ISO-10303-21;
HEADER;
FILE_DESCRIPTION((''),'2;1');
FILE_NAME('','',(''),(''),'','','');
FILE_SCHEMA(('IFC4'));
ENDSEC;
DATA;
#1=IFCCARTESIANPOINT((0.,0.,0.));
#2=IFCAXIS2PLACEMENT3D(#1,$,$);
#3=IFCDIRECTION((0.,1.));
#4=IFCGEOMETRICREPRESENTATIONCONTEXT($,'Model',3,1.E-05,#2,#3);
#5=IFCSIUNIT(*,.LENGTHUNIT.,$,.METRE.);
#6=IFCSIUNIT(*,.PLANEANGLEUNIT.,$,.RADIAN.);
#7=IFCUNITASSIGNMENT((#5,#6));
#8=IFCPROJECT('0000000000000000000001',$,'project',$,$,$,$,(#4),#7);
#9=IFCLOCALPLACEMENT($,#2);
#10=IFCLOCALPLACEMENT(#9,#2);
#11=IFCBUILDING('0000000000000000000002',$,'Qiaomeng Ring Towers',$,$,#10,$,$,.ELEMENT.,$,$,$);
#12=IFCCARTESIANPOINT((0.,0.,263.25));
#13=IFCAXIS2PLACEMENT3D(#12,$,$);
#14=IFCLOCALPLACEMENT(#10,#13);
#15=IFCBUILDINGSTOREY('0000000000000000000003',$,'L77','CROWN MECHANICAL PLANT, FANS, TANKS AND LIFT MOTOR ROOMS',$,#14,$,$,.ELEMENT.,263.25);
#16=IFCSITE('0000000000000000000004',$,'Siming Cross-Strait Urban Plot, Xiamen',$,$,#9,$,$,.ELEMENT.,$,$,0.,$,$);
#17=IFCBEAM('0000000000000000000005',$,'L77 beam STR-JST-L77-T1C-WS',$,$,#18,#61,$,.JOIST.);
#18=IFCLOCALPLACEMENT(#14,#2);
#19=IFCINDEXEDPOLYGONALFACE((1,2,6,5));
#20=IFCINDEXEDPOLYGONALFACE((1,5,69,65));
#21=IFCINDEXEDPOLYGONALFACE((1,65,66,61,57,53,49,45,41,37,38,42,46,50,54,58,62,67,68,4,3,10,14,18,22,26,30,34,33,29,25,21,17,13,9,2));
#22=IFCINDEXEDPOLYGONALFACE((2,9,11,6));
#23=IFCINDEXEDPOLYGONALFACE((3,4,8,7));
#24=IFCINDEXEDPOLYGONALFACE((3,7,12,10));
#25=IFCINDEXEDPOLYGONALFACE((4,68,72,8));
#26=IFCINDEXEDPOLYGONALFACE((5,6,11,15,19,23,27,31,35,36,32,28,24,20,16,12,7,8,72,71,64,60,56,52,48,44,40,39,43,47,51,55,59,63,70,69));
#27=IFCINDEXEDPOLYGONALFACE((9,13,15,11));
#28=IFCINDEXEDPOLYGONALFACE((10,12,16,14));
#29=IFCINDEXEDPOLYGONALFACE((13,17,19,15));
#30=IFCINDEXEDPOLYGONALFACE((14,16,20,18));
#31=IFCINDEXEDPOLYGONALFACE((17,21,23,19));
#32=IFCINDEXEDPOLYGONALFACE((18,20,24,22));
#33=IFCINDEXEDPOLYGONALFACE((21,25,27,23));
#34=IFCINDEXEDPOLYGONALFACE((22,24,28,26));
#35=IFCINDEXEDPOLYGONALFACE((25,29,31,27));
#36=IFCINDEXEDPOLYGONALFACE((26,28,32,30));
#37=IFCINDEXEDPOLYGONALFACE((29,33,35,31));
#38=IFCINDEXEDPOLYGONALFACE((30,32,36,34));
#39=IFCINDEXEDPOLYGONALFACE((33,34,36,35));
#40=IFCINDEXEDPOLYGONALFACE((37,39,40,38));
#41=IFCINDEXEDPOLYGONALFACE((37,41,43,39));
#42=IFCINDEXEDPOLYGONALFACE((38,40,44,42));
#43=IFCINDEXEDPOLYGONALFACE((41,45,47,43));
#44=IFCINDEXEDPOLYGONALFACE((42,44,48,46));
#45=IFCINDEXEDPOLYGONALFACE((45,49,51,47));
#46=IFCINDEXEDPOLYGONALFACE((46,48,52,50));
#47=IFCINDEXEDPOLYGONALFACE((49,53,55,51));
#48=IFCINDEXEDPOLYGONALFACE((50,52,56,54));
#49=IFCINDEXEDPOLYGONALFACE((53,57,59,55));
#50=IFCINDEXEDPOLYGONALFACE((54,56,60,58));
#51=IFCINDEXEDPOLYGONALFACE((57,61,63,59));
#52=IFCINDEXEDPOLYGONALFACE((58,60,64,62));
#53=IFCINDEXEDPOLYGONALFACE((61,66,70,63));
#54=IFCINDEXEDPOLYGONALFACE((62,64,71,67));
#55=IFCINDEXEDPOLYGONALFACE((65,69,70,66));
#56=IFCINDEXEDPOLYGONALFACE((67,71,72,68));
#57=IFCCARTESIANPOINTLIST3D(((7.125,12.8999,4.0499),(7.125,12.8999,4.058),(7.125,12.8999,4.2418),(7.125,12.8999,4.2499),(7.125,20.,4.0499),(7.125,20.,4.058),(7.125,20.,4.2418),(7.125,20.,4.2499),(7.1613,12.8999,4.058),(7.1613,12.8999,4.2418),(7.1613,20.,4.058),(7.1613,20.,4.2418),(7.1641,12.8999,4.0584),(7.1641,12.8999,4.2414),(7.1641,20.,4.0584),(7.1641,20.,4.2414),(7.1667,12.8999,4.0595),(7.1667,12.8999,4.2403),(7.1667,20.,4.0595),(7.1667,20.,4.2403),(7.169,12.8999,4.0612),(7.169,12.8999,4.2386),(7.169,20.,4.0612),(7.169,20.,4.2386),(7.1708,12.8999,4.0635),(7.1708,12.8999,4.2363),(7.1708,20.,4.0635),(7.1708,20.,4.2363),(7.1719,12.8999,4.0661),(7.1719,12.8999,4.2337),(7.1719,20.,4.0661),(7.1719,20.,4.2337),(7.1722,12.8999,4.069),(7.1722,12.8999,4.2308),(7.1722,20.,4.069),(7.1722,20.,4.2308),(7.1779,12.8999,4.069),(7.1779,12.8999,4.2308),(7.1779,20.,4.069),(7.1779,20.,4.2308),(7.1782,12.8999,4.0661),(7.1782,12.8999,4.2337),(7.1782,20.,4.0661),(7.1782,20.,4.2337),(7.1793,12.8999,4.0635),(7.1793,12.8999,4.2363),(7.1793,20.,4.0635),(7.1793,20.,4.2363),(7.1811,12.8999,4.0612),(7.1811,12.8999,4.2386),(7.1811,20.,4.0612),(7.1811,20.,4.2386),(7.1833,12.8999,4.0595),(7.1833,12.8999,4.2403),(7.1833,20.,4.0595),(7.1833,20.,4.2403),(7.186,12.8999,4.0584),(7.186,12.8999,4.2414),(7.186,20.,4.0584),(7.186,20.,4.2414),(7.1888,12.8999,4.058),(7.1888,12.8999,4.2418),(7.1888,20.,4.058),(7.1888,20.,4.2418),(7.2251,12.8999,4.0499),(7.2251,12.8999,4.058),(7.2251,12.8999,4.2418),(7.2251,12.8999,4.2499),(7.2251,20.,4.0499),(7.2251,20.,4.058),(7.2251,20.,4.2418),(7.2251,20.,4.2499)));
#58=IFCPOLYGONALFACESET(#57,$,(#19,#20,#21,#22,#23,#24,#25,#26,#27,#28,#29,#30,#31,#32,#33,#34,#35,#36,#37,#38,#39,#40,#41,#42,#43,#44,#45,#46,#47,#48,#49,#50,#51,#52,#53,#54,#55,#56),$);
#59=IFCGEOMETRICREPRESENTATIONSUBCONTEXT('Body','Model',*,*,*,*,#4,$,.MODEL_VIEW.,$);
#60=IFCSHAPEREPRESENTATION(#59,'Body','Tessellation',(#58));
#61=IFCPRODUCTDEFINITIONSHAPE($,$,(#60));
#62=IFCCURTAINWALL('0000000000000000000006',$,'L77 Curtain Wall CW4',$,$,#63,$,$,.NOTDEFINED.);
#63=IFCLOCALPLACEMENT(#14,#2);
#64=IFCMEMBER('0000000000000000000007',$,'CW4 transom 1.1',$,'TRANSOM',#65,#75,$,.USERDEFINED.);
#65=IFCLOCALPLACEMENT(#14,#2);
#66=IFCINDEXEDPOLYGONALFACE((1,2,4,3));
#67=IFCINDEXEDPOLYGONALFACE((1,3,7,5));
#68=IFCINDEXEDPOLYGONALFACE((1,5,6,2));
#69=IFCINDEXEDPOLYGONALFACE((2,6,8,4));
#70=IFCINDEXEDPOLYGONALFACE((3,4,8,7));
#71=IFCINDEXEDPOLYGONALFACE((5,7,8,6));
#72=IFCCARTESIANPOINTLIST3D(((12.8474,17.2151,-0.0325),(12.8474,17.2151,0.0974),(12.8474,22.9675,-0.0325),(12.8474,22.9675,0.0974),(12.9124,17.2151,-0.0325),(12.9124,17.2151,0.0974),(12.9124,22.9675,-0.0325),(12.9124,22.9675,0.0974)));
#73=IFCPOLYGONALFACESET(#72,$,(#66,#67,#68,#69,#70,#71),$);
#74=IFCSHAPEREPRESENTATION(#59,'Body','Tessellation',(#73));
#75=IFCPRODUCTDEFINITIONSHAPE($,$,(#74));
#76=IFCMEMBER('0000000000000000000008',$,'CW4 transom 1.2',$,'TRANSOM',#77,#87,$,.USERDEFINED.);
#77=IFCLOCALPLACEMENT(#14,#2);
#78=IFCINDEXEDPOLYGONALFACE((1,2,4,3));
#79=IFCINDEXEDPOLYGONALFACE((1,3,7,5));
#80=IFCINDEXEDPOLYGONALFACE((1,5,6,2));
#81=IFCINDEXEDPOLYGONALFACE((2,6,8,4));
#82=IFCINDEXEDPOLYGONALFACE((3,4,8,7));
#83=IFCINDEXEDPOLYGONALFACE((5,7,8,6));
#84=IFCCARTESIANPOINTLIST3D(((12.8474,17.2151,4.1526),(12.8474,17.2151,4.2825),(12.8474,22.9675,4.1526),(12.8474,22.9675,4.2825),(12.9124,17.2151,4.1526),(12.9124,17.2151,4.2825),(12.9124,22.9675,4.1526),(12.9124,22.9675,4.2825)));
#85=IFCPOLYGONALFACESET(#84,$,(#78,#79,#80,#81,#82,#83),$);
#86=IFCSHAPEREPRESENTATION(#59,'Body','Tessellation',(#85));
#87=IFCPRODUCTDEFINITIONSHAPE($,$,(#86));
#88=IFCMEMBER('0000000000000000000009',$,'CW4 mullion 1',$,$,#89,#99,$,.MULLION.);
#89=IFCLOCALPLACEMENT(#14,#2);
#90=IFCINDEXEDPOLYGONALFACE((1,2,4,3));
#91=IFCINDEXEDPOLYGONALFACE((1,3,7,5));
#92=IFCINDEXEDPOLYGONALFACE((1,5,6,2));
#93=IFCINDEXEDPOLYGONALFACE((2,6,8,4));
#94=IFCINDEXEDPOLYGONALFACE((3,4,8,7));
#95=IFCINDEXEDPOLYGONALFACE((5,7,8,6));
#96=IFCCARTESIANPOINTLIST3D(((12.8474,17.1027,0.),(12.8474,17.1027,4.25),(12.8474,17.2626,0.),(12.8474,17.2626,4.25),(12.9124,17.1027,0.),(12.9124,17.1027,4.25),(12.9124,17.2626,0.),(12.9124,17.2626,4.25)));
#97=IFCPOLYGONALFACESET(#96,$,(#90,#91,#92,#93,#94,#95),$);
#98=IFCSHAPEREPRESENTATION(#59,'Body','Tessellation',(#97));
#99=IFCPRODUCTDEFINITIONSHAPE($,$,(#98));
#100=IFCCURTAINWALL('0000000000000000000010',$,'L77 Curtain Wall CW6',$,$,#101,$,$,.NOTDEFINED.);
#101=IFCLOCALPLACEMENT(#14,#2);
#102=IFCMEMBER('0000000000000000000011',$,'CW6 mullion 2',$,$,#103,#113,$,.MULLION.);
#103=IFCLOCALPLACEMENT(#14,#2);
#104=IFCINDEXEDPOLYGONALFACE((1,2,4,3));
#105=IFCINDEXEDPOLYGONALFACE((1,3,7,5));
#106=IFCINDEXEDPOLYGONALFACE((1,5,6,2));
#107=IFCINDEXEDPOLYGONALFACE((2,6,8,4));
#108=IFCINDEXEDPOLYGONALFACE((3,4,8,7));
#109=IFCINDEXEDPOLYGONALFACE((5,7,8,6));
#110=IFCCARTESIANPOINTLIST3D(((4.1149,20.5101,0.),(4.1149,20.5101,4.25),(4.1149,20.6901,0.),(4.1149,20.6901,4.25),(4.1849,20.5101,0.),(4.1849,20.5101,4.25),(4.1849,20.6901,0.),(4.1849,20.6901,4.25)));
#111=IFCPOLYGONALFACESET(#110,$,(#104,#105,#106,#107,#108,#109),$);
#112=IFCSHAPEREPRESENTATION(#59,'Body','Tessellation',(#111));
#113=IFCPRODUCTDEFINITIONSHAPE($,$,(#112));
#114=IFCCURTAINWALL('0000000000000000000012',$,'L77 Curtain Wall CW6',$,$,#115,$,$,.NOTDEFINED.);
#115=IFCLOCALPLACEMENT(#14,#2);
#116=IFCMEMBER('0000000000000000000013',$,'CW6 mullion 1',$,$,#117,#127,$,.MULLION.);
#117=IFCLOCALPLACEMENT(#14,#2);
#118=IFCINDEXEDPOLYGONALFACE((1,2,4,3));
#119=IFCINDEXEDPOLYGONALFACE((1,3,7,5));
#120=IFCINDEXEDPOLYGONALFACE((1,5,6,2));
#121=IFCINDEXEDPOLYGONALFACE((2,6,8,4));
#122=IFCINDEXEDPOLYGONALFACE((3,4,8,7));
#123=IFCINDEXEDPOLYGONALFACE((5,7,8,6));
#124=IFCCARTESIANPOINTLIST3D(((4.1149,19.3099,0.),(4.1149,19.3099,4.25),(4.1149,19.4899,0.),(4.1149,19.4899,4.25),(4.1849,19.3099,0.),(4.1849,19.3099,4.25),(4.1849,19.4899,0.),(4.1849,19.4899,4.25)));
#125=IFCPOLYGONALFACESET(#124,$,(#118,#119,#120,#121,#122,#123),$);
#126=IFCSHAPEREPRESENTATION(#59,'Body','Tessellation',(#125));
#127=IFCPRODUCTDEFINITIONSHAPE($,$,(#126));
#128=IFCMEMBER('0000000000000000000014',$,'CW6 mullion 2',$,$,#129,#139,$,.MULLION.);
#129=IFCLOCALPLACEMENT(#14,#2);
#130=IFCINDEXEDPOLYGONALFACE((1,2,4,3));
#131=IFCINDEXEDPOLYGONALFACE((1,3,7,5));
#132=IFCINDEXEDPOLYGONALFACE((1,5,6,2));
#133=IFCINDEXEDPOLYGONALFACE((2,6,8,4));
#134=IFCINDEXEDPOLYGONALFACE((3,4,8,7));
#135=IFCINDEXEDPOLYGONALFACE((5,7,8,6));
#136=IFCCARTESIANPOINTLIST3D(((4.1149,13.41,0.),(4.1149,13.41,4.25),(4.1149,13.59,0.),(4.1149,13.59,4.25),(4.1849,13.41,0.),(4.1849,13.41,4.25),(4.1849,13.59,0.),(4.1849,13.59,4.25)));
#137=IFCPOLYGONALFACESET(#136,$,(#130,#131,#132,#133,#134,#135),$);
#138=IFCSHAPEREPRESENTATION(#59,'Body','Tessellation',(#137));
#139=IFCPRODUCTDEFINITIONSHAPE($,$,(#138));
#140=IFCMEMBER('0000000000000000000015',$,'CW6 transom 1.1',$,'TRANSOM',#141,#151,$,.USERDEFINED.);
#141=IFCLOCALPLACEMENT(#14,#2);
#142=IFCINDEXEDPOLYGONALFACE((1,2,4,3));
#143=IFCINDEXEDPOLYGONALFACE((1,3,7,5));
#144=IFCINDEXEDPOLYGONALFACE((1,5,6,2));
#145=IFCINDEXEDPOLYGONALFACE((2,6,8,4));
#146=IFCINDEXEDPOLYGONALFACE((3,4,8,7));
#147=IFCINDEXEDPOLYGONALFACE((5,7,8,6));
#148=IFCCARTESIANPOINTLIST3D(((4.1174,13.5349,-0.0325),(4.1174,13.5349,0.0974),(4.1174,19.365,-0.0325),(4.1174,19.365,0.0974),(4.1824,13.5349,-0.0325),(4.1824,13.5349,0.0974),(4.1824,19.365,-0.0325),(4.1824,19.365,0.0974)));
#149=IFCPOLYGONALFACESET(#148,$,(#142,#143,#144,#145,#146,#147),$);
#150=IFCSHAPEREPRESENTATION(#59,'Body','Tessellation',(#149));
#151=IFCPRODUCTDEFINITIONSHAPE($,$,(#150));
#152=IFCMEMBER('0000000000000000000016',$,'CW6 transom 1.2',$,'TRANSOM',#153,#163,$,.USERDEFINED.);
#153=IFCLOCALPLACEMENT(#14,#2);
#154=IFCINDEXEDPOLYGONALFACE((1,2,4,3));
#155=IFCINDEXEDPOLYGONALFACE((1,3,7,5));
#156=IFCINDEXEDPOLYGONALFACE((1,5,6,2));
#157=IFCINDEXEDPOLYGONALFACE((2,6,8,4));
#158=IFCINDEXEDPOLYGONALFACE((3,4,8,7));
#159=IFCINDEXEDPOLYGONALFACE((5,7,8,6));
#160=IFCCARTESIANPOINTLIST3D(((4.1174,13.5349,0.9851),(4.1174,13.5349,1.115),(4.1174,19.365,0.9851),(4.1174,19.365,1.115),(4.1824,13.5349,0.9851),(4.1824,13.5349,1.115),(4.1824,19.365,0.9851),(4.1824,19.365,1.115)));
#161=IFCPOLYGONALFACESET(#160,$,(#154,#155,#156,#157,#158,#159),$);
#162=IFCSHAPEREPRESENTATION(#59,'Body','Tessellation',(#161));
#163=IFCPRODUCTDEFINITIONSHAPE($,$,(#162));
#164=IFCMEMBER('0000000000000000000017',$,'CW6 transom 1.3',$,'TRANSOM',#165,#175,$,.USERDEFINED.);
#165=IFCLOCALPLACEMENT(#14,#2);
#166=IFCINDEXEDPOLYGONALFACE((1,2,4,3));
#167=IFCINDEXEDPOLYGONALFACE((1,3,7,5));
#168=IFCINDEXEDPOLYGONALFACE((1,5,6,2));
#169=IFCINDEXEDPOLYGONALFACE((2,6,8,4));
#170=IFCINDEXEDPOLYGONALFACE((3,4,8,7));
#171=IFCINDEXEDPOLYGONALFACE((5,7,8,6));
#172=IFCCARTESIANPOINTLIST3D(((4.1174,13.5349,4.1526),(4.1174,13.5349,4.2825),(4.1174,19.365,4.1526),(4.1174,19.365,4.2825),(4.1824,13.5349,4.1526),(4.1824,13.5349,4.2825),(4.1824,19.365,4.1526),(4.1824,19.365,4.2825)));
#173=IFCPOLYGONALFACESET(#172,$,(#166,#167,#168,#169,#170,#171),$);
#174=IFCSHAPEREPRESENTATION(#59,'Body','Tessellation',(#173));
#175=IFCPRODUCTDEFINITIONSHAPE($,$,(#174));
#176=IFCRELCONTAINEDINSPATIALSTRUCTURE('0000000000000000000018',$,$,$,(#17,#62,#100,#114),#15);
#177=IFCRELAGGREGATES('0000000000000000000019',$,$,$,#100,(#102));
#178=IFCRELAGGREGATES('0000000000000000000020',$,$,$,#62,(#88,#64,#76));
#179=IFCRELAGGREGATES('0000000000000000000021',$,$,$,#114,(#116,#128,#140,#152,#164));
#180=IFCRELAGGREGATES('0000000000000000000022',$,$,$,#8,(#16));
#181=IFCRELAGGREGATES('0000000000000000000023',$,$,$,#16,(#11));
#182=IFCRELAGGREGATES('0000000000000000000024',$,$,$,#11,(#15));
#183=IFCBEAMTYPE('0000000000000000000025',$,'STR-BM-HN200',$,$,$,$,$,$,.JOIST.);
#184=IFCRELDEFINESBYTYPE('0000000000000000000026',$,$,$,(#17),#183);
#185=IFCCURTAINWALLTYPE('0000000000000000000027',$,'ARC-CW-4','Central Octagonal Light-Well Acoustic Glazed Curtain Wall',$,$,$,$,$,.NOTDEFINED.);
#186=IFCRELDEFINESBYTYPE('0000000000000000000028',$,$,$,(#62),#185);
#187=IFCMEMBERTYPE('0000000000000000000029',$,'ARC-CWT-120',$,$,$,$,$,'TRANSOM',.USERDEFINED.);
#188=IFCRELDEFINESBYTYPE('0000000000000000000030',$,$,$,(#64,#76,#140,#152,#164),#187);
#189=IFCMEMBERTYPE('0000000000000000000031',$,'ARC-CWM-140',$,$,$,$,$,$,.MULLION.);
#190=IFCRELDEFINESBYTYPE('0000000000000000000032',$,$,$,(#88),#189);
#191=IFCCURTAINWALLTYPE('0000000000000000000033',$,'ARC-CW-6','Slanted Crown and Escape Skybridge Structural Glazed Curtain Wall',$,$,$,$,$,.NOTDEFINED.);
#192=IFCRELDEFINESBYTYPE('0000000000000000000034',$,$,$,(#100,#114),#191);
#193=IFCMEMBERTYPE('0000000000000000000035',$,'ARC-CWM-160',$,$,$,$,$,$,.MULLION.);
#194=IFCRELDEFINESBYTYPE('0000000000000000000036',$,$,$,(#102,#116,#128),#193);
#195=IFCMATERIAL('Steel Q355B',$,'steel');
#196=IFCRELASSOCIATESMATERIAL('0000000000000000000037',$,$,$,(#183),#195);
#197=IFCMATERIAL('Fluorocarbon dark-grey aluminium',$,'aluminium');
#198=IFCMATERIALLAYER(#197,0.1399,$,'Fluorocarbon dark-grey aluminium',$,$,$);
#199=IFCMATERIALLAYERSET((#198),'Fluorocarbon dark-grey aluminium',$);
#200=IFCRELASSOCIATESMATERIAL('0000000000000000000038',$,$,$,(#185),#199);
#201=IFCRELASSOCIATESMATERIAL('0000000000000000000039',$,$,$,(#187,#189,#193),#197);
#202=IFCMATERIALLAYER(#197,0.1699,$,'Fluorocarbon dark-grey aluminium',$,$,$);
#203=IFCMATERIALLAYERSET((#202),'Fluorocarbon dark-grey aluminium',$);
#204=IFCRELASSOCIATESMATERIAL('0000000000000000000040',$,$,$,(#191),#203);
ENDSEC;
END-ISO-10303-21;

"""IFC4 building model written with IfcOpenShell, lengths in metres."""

from ifc_helpers import new_model, si_unit, direction, frame, origin, origin_2d, place, context, subcontext, project, spatial, rectangle, i_section, extrude, source, transform, mapped, material, layer, layer_set, material_profile, profile_set, type_object, element, aggregate, save


model = new_model("IFC4")

# Units and contexts
model_context = context("Model", 3, precision=1e-05, world=origin(), true_north=direction((0.0, 1.0)))
body_context = subcontext(model_context, "Body", "Model", "MODEL_VIEW")
ifc_project = project(units=[si_unit("LENGTHUNIT", "METRE"), si_unit("PLANEANGLEUNIT", "RADIAN")], contexts=[model_context])

# Site, building, storey
site_placement = place(None, origin())
site = spatial("IfcSite", under=ifc_project, at=site_placement, Name="Siming Cross-Strait Urban Plot, Xiamen", CompositionType="ELEMENT", RefElevation=0.0)
building_placement = place(site_placement, origin())
building = spatial("IfcBuilding", under=site, at=building_placement, Name="Qiaomeng Ring Towers", CompositionType="ELEMENT")
storey_placement = place(building_placement, frame((0.0, 0.0, 263.25)))
storey = spatial("IfcBuildingStorey", under=building, at=storey_placement, Name="L77", Description="CROWN MECHANICAL PLANT, FANS, TANKS AND LIFT MOTOR ROOMS", CompositionType="ELEMENT", Elevation=263.25)

# Beam
ifc_material_1 = material(Name="Steel Q355B", Category="steel")
ifc_material_profile_1 = material_profile(ifc_material_1, i_section(OverallWidth=0.1001, OverallDepth=0.2, WebThickness=0.0056, FlangeThickness=0.0081, FilletRadius=0.011, at=origin_2d()), Name="HN 200x100x5.5x8")
ifc_profile_set_1 = profile_set([ifc_material_profile_1], Name="Steel Q355B")
beam_type_1 = type_object("IfcBeamType", Name="STR-BM-HN200", PredefinedType="JOIST", material=ifc_profile_set_1)
shared_shape_1 = source(origin(), body_context, "Body", "SweptSolid", [
    extrude(i_section(OverallWidth=0.1001, OverallDepth=0.2, WebThickness=0.0056, FlangeThickness=0.0081, FilletRadius=0.011, at=origin_2d()), origin(), (0.0, 0.0, 1.0), 7.1001),
])
beam_1_placement = place(storey_placement, frame((7.175, 12.8999, 4.1499), z_axis=(0.0, 1.0, 0.0), x_axis=(-1.0, 0.0, 0.0)))
element("IfcBeam", 1, at=beam_1_placement, inside=storey, type_object=beam_type_1, Name="L77 beam STR-JST-L77-T1C-WS", PredefinedType="JOIST", context=body_context, shape_type="MappedRepresentation", body=[
    mapped(shared_shape_1, transform((0.0, 0.0, 0.0), x_axis=(1.0, 0.0, 0.0), y_axis=(0.0, 1.0, 0.0), z_axis=(0.0, 0.0, 1.0), scale=1.0)),
])

# Curtain wall, members
ifc_material_2 = material(Name="Fluorocarbon dark-grey aluminium", Category="aluminium")
ifc_layer_1 = layer(ifc_material_2, 0.1399, Name="Fluorocarbon dark-grey aluminium")
ifc_layer_set_1 = layer_set([ifc_layer_1], Name="Fluorocarbon dark-grey aluminium")
curtain_wall_type_1 = type_object("IfcCurtainWallType", Name="ARC-CW-4", Description="Central Octagonal Light-Well Acoustic Glazed Curtain Wall", PredefinedType="NOTDEFINED", material=ifc_layer_set_1)
curtain_wall_1_placement = place(storey_placement, origin())
curtain_wall_1 = element("IfcCurtainWall", 2, at=curtain_wall_1_placement, inside=storey, type_object=curtain_wall_type_1, Name="L77 Curtain Wall CW4", PredefinedType="NOTDEFINED")
ifc_material_profile_2 = material_profile(ifc_material_2, rectangle(XDim=0.0649, YDim=0.1299, at=origin_2d()), Name="ALU TRAN 65x130")
ifc_profile_set_2 = profile_set([ifc_material_profile_2], Name="Fluorocarbon dark-grey aluminium")
member_type_1 = type_object("IfcMemberType", Name="ARC-CWT-120", ElementType="TRANSOM", PredefinedType="USERDEFINED", material=ifc_profile_set_2)
shared_shape_2 = source(origin(), body_context, "Body", "SweptSolid", [
    extrude(rectangle(XDim=0.0649, YDim=0.1299, at=origin_2d()), origin(), (0.0, 0.0, 1.0), 5.7524),
])
member_1_placement = place(storey_placement, frame((12.8799, 17.2151, 0.0325), z_axis=(0.0, 1.0, 0.0), x_axis=(-1.0, 0.0, 0.0)))
member_1 = element("IfcMember", 3, at=member_1_placement, type_object=member_type_1, Name="CW4 transom 1.1", ObjectType="TRANSOM", PredefinedType="USERDEFINED", context=body_context, shape_type="MappedRepresentation", body=[
    mapped(shared_shape_2, transform((0.0, 0.0, 0.0), x_axis=(1.0, 0.0, 0.0), y_axis=(0.0, 1.0, 0.0), z_axis=(0.0, 0.0, 1.0), scale=1.0)),
])
member_2_placement = place(storey_placement, frame((12.8799, 17.2151, 4.2175), z_axis=(0.0, 1.0, 0.0), x_axis=(-1.0, 0.0, 0.0)))
member_2 = element("IfcMember", 4, at=member_2_placement, type_object=member_type_1, Name="CW4 transom 1.2", ObjectType="TRANSOM", PredefinedType="USERDEFINED", context=body_context, shape_type="MappedRepresentation", body=[
    mapped(shared_shape_2, transform((0.0, 0.0, 0.0), x_axis=(1.0, 0.0, 0.0), y_axis=(0.0, 1.0, 0.0), z_axis=(0.0, 0.0, 1.0), scale=1.0)),
])
ifc_material_profile_3 = material_profile(ifc_material_2, rectangle(XDim=0.0649, YDim=0.1599, at=origin_2d()), Name="ALU MULL 65x160")
ifc_profile_set_3 = profile_set([ifc_material_profile_3], Name="Fluorocarbon dark-grey aluminium")
member_type_2 = type_object("IfcMemberType", Name="ARC-CWM-140", PredefinedType="MULLION", material=ifc_profile_set_3)
shared_shape_3 = source(origin(), body_context, "Body", "SweptSolid", [
    extrude(rectangle(XDim=0.0649, YDim=0.1599, at=origin_2d()), origin(), (0.0, 0.0, 1.0), 4.25),
])
member_3_placement = place(storey_placement, frame((12.8799, 17.1826, 0.0), z_axis=(0.0, 0.0, 1.0), x_axis=(-1.0, 0.0, 0.0)))
member_3 = element("IfcMember", 5, at=member_3_placement, type_object=member_type_2, Name="CW4 mullion 1", PredefinedType="MULLION", context=body_context, shape_type="MappedRepresentation", body=[
    mapped(shared_shape_3, transform((0.0, 0.0, 0.0), x_axis=(1.0, 0.0, 0.0), y_axis=(0.0, 1.0, 0.0), z_axis=(0.0, 0.0, 1.0), scale=1.0)),
])

# Curtain wall, member
ifc_layer_2 = layer(ifc_material_2, 0.1699, Name="Fluorocarbon dark-grey aluminium")
ifc_layer_set_2 = layer_set([ifc_layer_2], Name="Fluorocarbon dark-grey aluminium")
curtain_wall_type_2 = type_object("IfcCurtainWallType", Name="ARC-CW-6", Description="Slanted Crown and Escape Skybridge Structural Glazed Curtain Wall", PredefinedType="NOTDEFINED", material=ifc_layer_set_2)
curtain_wall_2_placement = place(storey_placement, origin())
curtain_wall_2 = element("IfcCurtainWall", 6, at=curtain_wall_2_placement, inside=storey, type_object=curtain_wall_type_2, Name="L77 Curtain Wall CW6", PredefinedType="NOTDEFINED")
ifc_material_profile_4 = material_profile(ifc_material_2, rectangle(XDim=0.0701, YDim=0.1799, at=origin_2d()), Name="ALU MULL 70x180")
ifc_profile_set_4 = profile_set([ifc_material_profile_4], Name="Fluorocarbon dark-grey aluminium")
member_type_3 = type_object("IfcMemberType", Name="ARC-CWM-160", PredefinedType="MULLION", material=ifc_profile_set_4)
shared_shape_4 = source(origin(), body_context, "Body", "SweptSolid", [
    extrude(rectangle(XDim=0.0701, YDim=0.1799, at=origin_2d()), origin(), (0.0, 0.0, 1.0), 4.25),
])
member_4_placement = place(storey_placement, frame((4.1499, 20.6001, 0.0), z_axis=(0.0, 0.0, 1.0), x_axis=(1.0, 0.0, 0.0)))
member_4 = element("IfcMember", 7, at=member_4_placement, type_object=member_type_3, Name="CW6 mullion 2", PredefinedType="MULLION", context=body_context, shape_type="MappedRepresentation", body=[
    mapped(shared_shape_4, transform((0.0, 0.0, 0.0), x_axis=(1.0, 0.0, 0.0), y_axis=(0.0, 1.0, 0.0), z_axis=(0.0, 0.0, 1.0), scale=1.0)),
])
aggregate(curtain_wall_2, [member_4])

# Curtain wall, members
curtain_wall_3_placement = place(storey_placement, origin())
curtain_wall_3 = element("IfcCurtainWall", 8, at=curtain_wall_3_placement, inside=storey, type_object=curtain_wall_type_2, Name="L77 Curtain Wall CW6", PredefinedType="NOTDEFINED")
member_5_placement = place(storey_placement, frame((4.1499, 19.3999, 0.0), z_axis=(0.0, 0.0, 1.0), x_axis=(1.0, 0.0, 0.0)))
member_5 = element("IfcMember", 9, at=member_5_placement, type_object=member_type_3, Name="CW6 mullion 1", PredefinedType="MULLION", context=body_context, shape_type="MappedRepresentation", body=[
    mapped(shared_shape_4, transform((0.0, 0.0, 0.0), x_axis=(1.0, 0.0, 0.0), y_axis=(0.0, 1.0, 0.0), z_axis=(0.0, 0.0, 1.0), scale=1.0)),
])
member_6_placement = place(storey_placement, frame((4.1499, 13.5, 0.0), z_axis=(0.0, 0.0, 1.0), x_axis=(1.0, 0.0, 0.0)))
member_6 = element("IfcMember", 10, at=member_6_placement, type_object=member_type_3, Name="CW6 mullion 2", PredefinedType="MULLION", context=body_context, shape_type="MappedRepresentation", body=[
    mapped(shared_shape_4, transform((0.0, 0.0, 0.0), x_axis=(1.0, 0.0, 0.0), y_axis=(0.0, 1.0, 0.0), z_axis=(0.0, 0.0, 1.0), scale=1.0)),
])
shared_shape_5 = source(origin(), body_context, "Body", "SweptSolid", [
    extrude(rectangle(XDim=0.0649, YDim=0.1299, at=origin_2d()), origin(), (0.0, 0.0, 1.0), 5.8301),
])
member_7_placement = place(storey_placement, frame((4.1499, 19.365, 0.0325), z_axis=(0.0, -1.0, 0.0), x_axis=(1.0, 0.0, 0.0)))
member_7 = element("IfcMember", 11, at=member_7_placement, type_object=member_type_1, Name="CW6 transom 1.1", ObjectType="TRANSOM", PredefinedType="USERDEFINED", context=body_context, shape_type="MappedRepresentation", body=[
    mapped(shared_shape_5, transform((0.0, 0.0, 0.0), x_axis=(1.0, 0.0, 0.0), y_axis=(0.0, 1.0, 0.0), z_axis=(0.0, 0.0, 1.0), scale=1.0)),
])
member_8_placement = place(storey_placement, frame((4.1499, 19.365, 1.05), z_axis=(0.0, -1.0, 0.0), x_axis=(1.0, 0.0, 0.0)))
member_8 = element("IfcMember", 12, at=member_8_placement, type_object=member_type_1, Name="CW6 transom 1.2", ObjectType="TRANSOM", PredefinedType="USERDEFINED", context=body_context, shape_type="MappedRepresentation", body=[
    mapped(shared_shape_5, transform((0.0, 0.0, 0.0), x_axis=(1.0, 0.0, 0.0), y_axis=(0.0, 1.0, 0.0), z_axis=(0.0, 0.0, 1.0), scale=1.0)),
])
member_9_placement = place(storey_placement, frame((4.1499, 19.365, 4.2175), z_axis=(0.0, -1.0, 0.0), x_axis=(1.0, 0.0, 0.0)))
member_9 = element("IfcMember", 13, at=member_9_placement, type_object=member_type_1, Name="CW6 transom 1.3", ObjectType="TRANSOM", PredefinedType="USERDEFINED", context=body_context, shape_type="MappedRepresentation", body=[
    mapped(shared_shape_5, transform((0.0, 0.0, 0.0), x_axis=(1.0, 0.0, 0.0), y_axis=(0.0, 1.0, 0.0), z_axis=(0.0, 0.0, 1.0), scale=1.0)),
])

aggregate(curtain_wall_1, [member_3, member_1, member_2])
aggregate(curtain_wall_3, [member_5, member_6, member_7, member_8, member_9])

save(model, "model.ifc")
